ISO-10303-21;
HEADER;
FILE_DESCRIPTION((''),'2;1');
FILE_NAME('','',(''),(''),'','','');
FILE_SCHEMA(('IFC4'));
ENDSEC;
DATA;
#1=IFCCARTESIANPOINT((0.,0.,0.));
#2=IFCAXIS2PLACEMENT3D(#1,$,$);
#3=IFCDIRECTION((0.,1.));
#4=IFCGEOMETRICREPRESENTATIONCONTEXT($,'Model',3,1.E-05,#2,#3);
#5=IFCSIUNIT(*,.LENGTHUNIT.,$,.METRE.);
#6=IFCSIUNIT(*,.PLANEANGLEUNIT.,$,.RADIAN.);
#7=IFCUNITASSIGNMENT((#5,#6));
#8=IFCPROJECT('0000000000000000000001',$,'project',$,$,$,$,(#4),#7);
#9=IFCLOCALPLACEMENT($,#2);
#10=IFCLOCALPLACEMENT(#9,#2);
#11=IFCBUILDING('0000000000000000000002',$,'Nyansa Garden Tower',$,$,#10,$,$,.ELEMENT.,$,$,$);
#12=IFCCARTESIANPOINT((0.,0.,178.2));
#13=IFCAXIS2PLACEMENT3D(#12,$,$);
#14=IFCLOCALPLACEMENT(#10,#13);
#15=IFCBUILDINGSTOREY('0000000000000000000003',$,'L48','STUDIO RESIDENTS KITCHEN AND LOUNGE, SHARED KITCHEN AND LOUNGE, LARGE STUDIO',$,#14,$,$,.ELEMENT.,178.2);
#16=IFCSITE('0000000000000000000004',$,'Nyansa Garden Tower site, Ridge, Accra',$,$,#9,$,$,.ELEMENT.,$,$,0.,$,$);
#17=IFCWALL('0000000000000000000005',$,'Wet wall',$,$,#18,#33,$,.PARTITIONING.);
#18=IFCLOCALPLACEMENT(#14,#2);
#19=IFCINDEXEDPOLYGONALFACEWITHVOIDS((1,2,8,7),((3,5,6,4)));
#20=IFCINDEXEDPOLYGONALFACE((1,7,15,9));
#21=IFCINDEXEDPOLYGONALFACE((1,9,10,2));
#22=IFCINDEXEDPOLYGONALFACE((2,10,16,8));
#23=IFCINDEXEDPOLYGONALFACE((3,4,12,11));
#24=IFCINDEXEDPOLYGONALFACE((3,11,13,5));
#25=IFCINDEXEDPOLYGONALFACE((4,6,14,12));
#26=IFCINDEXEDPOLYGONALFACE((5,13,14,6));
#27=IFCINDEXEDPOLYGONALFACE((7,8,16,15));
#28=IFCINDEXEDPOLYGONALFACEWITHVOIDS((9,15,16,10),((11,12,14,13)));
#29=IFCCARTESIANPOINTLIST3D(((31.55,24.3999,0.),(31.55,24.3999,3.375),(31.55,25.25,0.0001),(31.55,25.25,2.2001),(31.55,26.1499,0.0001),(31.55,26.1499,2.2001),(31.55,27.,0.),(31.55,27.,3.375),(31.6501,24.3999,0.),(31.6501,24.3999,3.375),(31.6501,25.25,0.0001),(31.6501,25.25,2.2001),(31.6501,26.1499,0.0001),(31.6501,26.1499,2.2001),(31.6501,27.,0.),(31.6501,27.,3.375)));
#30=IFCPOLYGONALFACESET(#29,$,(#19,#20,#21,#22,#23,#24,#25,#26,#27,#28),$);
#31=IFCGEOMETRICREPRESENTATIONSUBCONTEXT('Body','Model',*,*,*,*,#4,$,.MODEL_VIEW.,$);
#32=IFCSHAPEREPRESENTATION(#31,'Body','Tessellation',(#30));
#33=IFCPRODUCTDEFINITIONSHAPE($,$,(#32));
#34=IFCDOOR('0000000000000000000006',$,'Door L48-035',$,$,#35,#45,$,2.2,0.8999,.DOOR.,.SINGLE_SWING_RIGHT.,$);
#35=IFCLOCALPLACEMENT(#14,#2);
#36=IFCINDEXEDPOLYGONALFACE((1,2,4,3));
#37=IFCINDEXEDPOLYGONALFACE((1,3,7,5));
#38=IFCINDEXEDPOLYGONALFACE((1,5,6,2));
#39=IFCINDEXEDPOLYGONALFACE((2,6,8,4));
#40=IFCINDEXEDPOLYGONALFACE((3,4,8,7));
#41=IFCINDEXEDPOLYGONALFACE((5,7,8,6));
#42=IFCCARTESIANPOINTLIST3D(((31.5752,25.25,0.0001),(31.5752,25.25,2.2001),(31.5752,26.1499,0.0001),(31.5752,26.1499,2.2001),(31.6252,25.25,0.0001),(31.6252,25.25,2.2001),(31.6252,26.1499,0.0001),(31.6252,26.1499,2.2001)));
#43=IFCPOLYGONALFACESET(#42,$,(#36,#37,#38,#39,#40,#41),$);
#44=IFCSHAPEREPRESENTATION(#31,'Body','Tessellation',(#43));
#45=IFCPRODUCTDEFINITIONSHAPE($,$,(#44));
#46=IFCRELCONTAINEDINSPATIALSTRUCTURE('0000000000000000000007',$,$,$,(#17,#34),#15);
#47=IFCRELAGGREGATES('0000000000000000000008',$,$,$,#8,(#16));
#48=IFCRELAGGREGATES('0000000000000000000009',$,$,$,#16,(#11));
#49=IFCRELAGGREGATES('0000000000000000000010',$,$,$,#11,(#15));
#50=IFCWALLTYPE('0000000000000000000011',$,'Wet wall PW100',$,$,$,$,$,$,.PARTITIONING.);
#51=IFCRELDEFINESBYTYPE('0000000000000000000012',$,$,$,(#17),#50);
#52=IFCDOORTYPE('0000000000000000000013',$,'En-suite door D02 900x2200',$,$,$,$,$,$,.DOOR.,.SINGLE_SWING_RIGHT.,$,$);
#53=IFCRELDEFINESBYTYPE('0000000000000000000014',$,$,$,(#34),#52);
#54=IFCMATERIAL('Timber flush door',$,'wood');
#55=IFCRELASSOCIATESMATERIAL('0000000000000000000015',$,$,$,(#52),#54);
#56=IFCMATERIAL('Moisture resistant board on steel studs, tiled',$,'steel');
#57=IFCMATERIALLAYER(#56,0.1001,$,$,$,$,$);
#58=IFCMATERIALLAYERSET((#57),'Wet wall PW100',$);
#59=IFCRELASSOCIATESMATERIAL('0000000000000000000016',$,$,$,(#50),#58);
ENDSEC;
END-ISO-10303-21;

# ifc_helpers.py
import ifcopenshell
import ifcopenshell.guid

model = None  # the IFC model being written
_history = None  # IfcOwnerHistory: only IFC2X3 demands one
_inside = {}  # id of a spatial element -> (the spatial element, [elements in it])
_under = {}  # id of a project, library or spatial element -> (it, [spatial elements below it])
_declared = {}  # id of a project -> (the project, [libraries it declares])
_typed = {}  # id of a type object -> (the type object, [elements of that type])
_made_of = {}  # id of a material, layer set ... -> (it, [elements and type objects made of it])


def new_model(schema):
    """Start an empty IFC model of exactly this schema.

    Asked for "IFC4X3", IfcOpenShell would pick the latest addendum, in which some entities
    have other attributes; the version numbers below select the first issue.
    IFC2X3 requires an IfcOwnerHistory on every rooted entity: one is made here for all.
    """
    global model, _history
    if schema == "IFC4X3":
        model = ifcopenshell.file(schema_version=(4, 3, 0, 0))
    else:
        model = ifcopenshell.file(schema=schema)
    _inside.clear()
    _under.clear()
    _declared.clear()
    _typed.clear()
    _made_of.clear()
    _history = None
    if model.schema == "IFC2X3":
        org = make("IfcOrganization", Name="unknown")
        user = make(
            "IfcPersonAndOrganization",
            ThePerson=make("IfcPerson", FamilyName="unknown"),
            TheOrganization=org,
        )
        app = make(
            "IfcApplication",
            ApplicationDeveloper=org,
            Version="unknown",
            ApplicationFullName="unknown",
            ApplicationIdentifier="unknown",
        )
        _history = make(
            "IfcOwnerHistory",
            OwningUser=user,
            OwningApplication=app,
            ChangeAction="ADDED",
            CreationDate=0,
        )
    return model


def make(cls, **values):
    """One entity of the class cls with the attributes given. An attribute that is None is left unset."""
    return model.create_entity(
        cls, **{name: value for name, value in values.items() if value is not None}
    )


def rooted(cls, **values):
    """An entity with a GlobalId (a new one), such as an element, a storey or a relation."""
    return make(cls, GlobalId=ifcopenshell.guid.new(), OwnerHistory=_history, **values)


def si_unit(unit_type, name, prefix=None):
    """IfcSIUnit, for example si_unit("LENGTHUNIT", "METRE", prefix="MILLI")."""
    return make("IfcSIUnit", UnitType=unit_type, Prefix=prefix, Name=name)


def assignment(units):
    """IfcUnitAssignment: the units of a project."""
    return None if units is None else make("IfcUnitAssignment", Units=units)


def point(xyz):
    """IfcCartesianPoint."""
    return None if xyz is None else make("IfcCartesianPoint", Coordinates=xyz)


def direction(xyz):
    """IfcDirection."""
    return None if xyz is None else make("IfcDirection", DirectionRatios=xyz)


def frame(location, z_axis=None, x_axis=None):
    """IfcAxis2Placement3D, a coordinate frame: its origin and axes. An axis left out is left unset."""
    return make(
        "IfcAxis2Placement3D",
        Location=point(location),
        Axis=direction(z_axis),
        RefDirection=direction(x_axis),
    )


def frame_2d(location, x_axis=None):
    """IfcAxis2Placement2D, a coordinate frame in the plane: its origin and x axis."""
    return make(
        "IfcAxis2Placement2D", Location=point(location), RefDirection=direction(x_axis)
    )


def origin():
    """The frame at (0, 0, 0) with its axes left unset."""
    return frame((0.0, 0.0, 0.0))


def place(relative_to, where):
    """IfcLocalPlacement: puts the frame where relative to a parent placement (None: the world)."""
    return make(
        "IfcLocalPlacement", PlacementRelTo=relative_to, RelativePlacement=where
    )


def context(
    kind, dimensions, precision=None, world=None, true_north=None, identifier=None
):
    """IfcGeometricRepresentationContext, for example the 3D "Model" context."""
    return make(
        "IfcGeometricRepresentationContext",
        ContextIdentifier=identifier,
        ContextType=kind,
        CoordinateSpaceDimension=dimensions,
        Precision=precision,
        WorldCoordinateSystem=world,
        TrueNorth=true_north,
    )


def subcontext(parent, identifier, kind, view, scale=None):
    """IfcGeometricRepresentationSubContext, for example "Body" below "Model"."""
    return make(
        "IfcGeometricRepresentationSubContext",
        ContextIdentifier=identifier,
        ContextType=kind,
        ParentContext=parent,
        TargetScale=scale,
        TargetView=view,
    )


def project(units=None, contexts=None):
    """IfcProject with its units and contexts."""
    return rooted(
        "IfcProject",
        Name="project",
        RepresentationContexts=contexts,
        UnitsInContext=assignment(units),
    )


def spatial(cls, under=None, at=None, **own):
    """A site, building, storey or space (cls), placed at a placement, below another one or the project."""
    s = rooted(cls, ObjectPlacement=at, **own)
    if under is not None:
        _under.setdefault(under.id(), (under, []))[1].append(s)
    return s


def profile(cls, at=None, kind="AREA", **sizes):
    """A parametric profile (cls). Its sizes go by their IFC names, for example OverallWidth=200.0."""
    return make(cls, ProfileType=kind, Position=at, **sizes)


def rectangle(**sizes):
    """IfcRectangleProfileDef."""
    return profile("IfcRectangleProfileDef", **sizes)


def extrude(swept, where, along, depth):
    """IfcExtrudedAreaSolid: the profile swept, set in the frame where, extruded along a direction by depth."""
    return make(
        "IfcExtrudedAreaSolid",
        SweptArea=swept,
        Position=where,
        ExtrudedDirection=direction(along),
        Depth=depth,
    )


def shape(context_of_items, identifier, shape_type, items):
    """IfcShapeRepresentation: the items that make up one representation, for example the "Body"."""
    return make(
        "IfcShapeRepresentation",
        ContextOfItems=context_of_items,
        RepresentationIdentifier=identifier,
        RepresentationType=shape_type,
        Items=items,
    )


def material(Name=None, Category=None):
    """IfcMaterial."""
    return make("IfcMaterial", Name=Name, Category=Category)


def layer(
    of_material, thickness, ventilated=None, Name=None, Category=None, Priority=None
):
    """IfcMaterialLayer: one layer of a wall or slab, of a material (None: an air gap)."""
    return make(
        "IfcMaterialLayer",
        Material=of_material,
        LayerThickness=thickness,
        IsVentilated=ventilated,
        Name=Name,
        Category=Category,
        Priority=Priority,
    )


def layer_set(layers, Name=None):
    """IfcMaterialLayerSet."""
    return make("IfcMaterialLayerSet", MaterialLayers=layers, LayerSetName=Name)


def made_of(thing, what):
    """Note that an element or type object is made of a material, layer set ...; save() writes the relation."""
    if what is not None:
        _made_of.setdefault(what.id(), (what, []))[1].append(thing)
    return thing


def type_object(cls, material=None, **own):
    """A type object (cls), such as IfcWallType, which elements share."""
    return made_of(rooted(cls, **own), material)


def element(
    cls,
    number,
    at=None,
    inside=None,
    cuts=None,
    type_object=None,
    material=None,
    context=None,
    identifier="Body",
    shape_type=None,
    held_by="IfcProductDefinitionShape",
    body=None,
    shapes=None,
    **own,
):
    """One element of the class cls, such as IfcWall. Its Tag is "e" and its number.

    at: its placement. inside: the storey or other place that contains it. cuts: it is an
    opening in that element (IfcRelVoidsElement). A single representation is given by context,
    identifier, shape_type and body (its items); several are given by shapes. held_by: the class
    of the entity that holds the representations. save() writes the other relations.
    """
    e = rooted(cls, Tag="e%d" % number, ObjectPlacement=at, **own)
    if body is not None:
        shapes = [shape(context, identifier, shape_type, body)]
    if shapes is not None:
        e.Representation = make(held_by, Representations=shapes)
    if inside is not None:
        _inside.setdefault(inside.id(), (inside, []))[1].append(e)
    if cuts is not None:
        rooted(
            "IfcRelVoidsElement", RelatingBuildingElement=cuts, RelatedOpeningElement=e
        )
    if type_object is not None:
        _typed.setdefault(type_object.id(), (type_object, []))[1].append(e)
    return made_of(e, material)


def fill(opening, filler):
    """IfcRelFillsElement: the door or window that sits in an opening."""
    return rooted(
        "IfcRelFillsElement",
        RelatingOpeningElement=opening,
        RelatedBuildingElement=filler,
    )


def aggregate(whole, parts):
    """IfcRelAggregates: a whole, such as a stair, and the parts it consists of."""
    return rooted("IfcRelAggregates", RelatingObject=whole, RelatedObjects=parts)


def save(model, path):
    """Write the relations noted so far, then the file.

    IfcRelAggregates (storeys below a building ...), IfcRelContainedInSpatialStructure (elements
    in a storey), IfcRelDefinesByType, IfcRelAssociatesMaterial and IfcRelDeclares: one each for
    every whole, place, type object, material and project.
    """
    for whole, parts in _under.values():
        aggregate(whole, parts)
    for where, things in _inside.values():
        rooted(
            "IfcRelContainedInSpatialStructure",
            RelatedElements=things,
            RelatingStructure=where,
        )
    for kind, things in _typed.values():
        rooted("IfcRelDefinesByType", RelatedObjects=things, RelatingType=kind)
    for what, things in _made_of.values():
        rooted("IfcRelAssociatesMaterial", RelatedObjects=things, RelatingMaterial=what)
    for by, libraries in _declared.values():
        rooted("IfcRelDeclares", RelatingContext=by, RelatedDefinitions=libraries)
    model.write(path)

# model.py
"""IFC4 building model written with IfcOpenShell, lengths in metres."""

from ifc_helpers import new_model, si_unit, direction, frame, frame_2d, origin, place, context, subcontext, project, spatial, rectangle, extrude, material, layer, layer_set, type_object, element, fill, save


model = new_model("IFC4")

# Units and contexts
model_context = context("Model", 3, precision=1e-05, world=origin(), true_north=direction((0.0, 1.0)))
body_context = subcontext(model_context, "Body", "Model", "MODEL_VIEW")
ifc_project = project(units=[si_unit("LENGTHUNIT", "METRE"), si_unit("PLANEANGLEUNIT", "RADIAN")], contexts=[model_context])

# Site, building, storey
site_placement = place(None, origin())
site = spatial("IfcSite", under=ifc_project, at=site_placement, Name="Nyansa Garden Tower site, Ridge, Accra", CompositionType="ELEMENT", RefElevation=0.0)
building_placement = place(site_placement, origin())
building = spatial("IfcBuilding", under=site, at=building_placement, Name="Nyansa Garden Tower", CompositionType="ELEMENT")
storey_placement = place(building_placement, frame((0.0, 0.0, 178.2)))
storey = spatial("IfcBuildingStorey", under=building, at=storey_placement, Name="L48", Description="STUDIO RESIDENTS KITCHEN AND LOUNGE, SHARED KITCHEN AND LOUNGE, LARGE STUDIO", CompositionType="ELEMENT", Elevation=178.2)

# Shared definitions
ifc_material_1 = material(Name="Timber flush door", Category="wood")
door_type_1 = type_object("IfcDoorType", Name="En-suite door D02 900x2200", OperationType="SINGLE_SWING_RIGHT", PredefinedType="DOOR", material=ifc_material_1)

# Shared definitions
ifc_material_2 = material(Name="Moisture resistant board on steel studs, tiled", Category="steel")
ifc_layer_1 = layer(ifc_material_2, 0.1001)
ifc_layer_set_1 = layer_set([ifc_layer_1], Name="Wet wall PW100")
wall_type_1 = type_object("IfcWallType", Name="Wet wall PW100", PredefinedType="PARTITIONING", material=ifc_layer_set_1)

# Wall, opening, door
wall_1_placement = place(storey_placement, frame((31.6001, 24.3999, 0.0), z_axis=(0.0, 0.0, 1.0), x_axis=(0.0, 1.0, 0.0)))
wall_1 = element("IfcWall", 1, at=wall_1_placement, inside=storey, type_object=wall_type_1, Name="Wet wall", PredefinedType="PARTITIONING", context=body_context, shape_type="SweptSolid", body=[
    extrude(rectangle(XDim=2.6001, YDim=0.1001, at=frame_2d((1.3, 0.0))), origin(), (0.0, 0.0, 1.0), 3.375),
])
opening_1_placement = place(wall_1_placement, frame((0.8501, 0.0, 0.0)))
opening_1 = element("IfcOpeningElement", 2, at=opening_1_placement, cuts=wall_1, PredefinedType="OPENING", context=body_context, shape_type="SweptSolid", body=[
    extrude(rectangle(XDim=0.8999, YDim=2.2, at=frame_2d((0.45, 1.1001))), frame((0.0, 0.0601, 0.0), z_axis=(0.0, -1.0, 0.0), x_axis=(1.0, 0.0, 0.0)), (0.0, 0.0, 1.0), 0.1201),
])
door_1_placement = place(opening_1_placement, origin())
door_1 = element("IfcDoor", 3, at=door_1_placement, inside=storey, type_object=door_type_1, Name="Door L48-035", OperationType="SINGLE_SWING_RIGHT", OverallHeight=2.2, OverallWidth=0.8999, PredefinedType="DOOR", context=body_context, shape_type="SweptSolid", body=[
    extrude(rectangle(XDim=0.8999, YDim=2.2, at=frame_2d((0.45, 1.1001))), frame((0.0, 0.0249, 0.0), z_axis=(0.0, -1.0, 0.0), x_axis=(1.0, 0.0, 0.0)), (0.0, 0.0, 1.0), 0.05),
])
fill(opening_1, door_1)

save(model, "model.ifc")
